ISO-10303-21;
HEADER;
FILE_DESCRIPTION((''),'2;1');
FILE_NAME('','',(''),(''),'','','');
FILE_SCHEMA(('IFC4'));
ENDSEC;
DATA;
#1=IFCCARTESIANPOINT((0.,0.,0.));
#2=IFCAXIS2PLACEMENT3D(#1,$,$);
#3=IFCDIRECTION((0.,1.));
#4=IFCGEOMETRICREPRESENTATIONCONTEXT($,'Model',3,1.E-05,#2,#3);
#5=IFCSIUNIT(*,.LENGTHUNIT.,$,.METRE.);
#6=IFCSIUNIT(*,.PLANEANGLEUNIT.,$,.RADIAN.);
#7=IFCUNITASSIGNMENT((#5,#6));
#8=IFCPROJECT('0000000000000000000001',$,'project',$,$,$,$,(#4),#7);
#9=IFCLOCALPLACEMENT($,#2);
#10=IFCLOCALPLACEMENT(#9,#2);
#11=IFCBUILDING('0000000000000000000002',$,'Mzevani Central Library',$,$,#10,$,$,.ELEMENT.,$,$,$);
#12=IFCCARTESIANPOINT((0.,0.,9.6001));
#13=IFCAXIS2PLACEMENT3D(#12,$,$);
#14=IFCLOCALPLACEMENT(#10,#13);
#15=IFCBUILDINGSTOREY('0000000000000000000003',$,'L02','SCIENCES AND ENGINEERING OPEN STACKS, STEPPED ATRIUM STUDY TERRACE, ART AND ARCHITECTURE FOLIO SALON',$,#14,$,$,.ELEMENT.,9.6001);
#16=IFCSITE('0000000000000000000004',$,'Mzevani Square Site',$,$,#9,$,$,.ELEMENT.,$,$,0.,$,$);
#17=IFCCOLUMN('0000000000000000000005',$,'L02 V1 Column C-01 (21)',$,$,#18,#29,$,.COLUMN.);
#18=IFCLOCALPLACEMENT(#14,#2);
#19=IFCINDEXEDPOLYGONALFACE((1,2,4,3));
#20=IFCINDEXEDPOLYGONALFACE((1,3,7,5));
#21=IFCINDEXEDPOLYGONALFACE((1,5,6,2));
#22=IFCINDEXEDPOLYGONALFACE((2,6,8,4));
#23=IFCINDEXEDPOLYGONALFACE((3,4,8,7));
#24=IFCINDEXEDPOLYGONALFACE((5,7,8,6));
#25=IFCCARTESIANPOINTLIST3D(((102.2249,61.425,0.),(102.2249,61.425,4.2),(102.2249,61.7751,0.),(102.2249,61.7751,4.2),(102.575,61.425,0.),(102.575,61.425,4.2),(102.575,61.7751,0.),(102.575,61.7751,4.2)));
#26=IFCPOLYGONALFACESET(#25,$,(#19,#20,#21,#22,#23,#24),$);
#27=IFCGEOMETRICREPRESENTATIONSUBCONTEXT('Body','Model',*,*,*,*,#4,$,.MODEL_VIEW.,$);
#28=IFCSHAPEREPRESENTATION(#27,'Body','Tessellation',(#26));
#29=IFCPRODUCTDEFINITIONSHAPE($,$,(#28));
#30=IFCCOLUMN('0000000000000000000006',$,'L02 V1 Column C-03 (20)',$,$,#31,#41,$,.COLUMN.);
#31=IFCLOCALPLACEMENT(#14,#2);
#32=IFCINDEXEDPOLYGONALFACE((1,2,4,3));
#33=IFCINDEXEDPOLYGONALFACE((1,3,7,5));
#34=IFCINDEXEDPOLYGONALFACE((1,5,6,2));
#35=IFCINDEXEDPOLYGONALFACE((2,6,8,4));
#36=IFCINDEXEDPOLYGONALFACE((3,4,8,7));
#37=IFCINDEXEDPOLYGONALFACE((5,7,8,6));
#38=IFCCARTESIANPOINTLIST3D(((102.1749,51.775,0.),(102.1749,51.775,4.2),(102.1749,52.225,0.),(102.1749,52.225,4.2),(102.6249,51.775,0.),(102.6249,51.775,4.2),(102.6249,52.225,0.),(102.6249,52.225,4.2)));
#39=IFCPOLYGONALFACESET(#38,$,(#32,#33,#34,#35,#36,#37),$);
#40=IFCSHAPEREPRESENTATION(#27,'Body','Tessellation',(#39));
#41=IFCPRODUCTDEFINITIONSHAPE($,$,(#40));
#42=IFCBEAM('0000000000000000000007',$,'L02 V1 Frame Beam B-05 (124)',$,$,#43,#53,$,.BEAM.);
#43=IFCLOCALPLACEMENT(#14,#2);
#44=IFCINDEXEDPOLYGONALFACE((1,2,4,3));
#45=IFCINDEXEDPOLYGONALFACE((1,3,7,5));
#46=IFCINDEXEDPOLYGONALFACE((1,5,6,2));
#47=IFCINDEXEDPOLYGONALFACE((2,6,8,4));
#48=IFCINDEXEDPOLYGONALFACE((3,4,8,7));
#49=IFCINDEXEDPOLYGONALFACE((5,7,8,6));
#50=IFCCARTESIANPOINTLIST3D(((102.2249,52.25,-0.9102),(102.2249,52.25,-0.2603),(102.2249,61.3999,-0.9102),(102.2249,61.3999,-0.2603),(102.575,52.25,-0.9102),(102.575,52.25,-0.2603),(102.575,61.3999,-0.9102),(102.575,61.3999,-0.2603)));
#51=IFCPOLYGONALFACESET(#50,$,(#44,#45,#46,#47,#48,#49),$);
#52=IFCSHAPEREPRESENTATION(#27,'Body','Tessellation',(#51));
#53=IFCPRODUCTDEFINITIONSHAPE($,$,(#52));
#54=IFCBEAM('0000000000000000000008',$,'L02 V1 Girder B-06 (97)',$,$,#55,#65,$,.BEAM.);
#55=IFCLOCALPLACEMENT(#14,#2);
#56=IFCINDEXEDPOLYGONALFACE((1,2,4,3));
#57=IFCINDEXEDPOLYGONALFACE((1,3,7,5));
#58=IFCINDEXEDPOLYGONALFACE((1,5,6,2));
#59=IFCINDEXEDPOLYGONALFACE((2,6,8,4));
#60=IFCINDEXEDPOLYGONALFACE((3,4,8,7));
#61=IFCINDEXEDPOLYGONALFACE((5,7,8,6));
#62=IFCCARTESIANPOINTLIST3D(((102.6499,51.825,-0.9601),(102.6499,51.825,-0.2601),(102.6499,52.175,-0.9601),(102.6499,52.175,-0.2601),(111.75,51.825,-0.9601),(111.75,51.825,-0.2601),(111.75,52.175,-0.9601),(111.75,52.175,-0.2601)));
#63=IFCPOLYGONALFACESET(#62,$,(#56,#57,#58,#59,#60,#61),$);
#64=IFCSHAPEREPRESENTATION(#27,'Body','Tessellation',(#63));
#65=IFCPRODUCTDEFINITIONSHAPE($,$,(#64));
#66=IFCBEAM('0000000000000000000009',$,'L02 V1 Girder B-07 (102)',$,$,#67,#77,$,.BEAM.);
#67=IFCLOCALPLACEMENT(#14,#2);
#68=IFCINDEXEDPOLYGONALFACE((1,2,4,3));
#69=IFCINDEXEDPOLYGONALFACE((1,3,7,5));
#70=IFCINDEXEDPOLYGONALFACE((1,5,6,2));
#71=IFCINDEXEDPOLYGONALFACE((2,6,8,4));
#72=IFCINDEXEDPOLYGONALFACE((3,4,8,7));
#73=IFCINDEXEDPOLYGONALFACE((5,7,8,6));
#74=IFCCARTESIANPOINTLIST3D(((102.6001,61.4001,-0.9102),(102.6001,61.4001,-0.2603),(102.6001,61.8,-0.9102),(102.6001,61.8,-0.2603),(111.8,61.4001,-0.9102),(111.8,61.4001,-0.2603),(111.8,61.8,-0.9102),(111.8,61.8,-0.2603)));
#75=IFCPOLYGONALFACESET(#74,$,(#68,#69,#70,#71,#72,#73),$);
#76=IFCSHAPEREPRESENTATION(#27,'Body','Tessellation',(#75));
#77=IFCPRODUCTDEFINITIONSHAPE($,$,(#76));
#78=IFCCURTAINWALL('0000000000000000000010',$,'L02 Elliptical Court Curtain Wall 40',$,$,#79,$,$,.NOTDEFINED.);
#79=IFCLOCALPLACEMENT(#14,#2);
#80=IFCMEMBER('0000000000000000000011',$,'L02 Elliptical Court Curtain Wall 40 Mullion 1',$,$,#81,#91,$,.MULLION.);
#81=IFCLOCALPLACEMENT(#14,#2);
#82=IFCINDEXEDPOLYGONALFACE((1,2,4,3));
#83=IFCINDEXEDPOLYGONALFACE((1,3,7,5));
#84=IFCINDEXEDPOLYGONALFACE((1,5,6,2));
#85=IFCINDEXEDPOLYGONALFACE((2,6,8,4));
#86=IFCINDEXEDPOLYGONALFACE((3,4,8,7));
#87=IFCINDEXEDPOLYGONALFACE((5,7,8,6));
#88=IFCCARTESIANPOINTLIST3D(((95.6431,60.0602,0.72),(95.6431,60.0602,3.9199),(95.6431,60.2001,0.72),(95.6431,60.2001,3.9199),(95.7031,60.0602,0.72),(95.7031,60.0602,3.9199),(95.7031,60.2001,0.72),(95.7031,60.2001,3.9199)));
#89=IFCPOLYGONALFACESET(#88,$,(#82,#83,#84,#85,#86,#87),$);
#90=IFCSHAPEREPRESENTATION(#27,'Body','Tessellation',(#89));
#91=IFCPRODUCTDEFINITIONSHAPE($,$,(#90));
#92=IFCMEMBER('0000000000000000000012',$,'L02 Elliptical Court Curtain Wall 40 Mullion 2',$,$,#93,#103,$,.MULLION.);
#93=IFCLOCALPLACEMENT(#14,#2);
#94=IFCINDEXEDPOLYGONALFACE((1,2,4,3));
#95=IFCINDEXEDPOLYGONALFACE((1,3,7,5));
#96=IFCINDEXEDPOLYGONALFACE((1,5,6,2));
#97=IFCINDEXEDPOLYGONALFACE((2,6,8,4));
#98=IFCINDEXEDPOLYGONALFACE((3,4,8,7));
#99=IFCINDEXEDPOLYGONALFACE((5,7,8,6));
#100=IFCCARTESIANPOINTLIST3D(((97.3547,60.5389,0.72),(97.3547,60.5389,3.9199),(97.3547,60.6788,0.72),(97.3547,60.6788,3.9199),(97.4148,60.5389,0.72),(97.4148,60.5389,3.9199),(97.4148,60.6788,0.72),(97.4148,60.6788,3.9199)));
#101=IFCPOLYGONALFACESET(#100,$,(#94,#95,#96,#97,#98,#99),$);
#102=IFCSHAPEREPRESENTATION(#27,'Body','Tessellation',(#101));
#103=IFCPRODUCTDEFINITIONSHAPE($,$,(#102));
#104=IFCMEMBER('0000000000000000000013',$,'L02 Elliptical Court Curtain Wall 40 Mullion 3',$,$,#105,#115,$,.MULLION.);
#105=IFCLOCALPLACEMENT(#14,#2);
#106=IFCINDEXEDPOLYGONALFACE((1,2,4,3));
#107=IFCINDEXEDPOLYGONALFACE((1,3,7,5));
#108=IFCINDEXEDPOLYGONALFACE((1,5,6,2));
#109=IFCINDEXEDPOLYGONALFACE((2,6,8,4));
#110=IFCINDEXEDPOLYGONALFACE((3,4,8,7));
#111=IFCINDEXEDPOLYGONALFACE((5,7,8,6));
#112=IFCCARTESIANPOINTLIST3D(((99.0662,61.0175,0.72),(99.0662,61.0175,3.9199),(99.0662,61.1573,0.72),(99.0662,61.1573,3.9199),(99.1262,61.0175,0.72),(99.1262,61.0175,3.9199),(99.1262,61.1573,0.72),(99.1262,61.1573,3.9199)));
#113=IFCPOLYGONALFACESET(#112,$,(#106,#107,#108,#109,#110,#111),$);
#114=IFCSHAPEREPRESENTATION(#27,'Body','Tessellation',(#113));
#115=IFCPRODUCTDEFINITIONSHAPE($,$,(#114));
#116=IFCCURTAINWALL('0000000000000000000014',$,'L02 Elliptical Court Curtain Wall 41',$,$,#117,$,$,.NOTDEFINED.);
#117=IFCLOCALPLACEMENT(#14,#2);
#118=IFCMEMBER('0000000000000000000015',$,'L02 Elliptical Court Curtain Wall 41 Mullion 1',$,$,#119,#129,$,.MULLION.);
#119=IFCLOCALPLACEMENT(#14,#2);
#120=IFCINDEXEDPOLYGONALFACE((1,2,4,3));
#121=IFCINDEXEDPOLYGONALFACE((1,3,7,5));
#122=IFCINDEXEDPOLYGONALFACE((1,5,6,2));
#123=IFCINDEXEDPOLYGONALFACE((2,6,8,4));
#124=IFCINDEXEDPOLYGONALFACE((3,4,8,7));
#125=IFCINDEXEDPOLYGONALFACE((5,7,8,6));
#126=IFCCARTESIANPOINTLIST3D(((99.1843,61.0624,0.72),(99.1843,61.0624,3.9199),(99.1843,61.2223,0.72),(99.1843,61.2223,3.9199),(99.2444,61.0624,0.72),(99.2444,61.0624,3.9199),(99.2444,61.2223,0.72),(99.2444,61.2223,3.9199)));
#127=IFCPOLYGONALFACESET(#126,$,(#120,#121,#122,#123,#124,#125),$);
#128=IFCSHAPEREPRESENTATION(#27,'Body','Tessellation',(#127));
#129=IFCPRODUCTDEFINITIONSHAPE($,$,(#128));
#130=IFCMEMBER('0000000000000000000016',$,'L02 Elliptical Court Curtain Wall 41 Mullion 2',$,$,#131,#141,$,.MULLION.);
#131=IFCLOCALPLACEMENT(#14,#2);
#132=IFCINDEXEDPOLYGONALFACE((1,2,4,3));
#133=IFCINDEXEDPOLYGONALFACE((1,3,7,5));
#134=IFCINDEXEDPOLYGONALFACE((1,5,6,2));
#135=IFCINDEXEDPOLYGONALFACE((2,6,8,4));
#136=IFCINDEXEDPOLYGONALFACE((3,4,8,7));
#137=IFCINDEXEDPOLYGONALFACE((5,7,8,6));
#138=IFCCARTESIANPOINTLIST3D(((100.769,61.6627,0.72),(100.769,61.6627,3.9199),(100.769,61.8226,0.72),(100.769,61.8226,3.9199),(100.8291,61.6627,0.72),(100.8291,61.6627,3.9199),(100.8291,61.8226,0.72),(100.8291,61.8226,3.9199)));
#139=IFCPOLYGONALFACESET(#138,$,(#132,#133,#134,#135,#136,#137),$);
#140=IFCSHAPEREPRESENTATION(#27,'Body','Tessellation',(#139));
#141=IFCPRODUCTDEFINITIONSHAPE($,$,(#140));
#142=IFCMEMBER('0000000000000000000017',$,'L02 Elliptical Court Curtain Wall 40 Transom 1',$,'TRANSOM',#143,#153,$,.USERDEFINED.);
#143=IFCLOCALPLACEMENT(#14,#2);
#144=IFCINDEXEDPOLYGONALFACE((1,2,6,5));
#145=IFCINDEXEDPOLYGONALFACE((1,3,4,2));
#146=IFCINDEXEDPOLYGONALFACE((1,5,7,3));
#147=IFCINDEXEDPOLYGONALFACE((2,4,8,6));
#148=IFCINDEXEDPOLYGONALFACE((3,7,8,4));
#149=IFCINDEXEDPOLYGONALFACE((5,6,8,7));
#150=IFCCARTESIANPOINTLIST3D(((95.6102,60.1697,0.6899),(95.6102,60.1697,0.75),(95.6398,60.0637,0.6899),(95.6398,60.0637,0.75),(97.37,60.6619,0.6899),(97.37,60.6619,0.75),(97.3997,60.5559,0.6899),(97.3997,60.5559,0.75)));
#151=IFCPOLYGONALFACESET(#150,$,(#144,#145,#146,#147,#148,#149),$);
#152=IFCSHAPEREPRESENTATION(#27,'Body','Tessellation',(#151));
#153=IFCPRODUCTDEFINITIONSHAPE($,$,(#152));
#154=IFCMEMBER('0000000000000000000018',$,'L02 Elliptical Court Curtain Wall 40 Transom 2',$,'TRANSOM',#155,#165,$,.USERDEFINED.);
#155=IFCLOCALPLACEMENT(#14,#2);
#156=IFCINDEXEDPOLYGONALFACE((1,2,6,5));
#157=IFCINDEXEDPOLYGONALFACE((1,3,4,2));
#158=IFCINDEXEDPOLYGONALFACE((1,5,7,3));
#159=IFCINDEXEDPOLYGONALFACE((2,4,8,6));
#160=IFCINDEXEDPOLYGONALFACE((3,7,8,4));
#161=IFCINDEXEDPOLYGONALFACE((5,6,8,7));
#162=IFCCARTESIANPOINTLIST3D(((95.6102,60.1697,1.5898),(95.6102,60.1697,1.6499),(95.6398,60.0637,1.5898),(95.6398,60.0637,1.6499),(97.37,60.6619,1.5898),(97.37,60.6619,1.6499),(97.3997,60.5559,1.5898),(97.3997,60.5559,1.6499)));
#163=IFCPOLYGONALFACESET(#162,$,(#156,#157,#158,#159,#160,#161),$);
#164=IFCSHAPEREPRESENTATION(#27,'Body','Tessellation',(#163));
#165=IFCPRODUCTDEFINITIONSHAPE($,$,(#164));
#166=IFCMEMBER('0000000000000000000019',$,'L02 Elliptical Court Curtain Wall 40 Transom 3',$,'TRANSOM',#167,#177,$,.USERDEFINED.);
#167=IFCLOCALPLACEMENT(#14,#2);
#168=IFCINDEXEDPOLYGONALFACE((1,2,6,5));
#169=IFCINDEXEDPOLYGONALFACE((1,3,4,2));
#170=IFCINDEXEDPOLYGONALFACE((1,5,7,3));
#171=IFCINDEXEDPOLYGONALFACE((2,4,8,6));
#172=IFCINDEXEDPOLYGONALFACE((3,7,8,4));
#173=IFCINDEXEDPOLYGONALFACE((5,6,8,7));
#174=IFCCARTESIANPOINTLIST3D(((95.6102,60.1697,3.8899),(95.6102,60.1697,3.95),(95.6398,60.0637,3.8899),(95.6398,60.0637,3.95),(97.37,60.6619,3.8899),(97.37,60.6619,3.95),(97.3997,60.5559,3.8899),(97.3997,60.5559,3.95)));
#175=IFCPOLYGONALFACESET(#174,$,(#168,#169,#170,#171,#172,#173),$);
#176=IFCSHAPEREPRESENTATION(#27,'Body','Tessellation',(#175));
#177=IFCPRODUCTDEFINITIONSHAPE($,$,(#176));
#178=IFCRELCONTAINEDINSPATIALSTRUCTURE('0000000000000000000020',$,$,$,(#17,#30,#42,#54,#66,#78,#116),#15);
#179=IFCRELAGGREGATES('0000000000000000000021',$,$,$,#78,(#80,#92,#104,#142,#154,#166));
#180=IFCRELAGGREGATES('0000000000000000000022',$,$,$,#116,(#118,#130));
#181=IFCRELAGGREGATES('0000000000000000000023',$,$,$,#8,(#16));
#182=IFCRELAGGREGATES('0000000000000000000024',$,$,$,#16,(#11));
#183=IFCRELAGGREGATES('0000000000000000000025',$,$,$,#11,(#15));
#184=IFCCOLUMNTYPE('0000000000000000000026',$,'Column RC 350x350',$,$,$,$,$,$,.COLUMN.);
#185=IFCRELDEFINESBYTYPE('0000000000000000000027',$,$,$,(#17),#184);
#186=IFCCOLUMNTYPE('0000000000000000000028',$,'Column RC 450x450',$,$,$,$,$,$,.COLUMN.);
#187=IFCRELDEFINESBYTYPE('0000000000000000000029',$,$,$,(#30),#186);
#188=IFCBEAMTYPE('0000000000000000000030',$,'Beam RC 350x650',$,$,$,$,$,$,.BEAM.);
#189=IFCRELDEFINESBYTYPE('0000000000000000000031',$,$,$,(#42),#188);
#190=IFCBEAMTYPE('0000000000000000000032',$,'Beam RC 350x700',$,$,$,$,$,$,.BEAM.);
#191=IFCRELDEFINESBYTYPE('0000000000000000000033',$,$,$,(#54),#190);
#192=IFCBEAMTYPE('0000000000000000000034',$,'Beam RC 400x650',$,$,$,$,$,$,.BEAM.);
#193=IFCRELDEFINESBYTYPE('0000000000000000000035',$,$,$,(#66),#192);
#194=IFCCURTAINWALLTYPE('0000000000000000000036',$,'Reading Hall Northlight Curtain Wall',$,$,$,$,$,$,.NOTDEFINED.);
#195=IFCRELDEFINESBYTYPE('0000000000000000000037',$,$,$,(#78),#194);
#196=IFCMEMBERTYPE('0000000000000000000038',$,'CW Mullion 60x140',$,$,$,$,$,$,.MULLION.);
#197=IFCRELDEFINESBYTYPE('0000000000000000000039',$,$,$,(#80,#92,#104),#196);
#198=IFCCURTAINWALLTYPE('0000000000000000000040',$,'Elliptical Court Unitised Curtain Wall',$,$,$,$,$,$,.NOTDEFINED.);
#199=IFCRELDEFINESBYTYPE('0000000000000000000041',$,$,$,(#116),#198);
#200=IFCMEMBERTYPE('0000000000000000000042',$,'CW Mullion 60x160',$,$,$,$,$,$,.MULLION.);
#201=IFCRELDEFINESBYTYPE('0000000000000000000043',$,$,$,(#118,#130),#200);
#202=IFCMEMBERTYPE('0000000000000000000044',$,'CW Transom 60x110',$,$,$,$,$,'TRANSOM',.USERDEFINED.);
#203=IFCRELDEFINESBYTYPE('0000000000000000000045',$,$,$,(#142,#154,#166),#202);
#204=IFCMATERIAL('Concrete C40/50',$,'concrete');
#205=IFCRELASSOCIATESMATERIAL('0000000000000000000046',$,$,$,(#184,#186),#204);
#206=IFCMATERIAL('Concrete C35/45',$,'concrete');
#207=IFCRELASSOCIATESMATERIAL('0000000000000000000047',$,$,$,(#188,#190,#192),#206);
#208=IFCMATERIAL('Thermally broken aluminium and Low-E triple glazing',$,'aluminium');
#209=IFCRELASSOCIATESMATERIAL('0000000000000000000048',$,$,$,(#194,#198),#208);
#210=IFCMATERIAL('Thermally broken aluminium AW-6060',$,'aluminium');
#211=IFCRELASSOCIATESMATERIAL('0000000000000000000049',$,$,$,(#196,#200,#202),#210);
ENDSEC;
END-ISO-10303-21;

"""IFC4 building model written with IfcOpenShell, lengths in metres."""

from ifc_helpers import new_model, si_unit, direction, frame, origin, origin_2d, place, context, subcontext, project, spatial, rectangle, extrude, material, material_profile, profile_set, type_object, element, aggregate, save


model = new_model("IFC4")

# Units and contexts
model_context = context("Model", 3, precision=1e-05, world=origin(), true_north=direction((0.0, 1.0)))
body_context = subcontext(model_context, "Body", "Model", "MODEL_VIEW")
ifc_project = project(units=[si_unit("LENGTHUNIT", "METRE"), si_unit("PLANEANGLEUNIT", "RADIAN")], contexts=[model_context])

# Site, building, storey
site_placement = place(None, origin())
site = spatial("IfcSite", under=ifc_project, at=site_placement, Name="Mzevani Square Site", CompositionType="ELEMENT", RefElevation=0.0)
building_placement = place(site_placement, origin())
building = spatial("IfcBuilding", under=site, at=building_placement, Name="Mzevani Central Library", CompositionType="ELEMENT")
storey_placement = place(building_placement, frame((0.0, 0.0, 9.6001)))
storey = spatial("IfcBuildingStorey", under=building, at=storey_placement, Name="L02", Description="SCIENCES AND ENGINEERING OPEN STACKS, STEPPED ATRIUM STUDY TERRACE, ART AND ARCHITECTURE FOLIO SALON", CompositionType="ELEMENT", Elevation=9.6001)

# Columns
ifc_material_1 = material(Name="Concrete C40/50", Category="concrete")
ifc_material_profile_1 = material_profile(ifc_material_1, rectangle(XDim=0.3501, YDim=0.3501, at=origin_2d()), Name="RC 350x350")
ifc_profile_set_1 = profile_set([ifc_material_profile_1], Name="Concrete C40/50")
column_type_1 = type_object("IfcColumnType", Name="Column RC 350x350", PredefinedType="COLUMN", material=ifc_profile_set_1)
column_1_placement = place(storey_placement, frame((102.3999, 61.6001, 0.0), z_axis=(0.0, 0.0, 1.0), x_axis=(1.0, 0.0, 0.0)))
element("IfcColumn", 1, at=column_1_placement, inside=storey, type_object=column_type_1, Name="L02 V1 Column C-01 (21)", PredefinedType="COLUMN", context=body_context, shape_type="SweptSolid", body=[
    extrude(rectangle(XDim=0.3501, YDim=0.3501, at=origin_2d()), origin(), (0.0, 0.0, 1.0), 4.2),
])
ifc_material_profile_2 = material_profile(ifc_material_1, rectangle(XDim=0.45, YDim=0.45, at=origin_2d()), Name="RC 450x450")
ifc_profile_set_2 = profile_set([ifc_material_profile_2], Name="Concrete C40/50")
column_type_2 = type_object("IfcColumnType", Name="Column RC 450x450", PredefinedType="COLUMN", material=ifc_profile_set_2)
column_2_placement = place(storey_placement, frame((102.3999, 52.0, 0.0), z_axis=(0.0, 0.0, 1.0), x_axis=(1.0, 0.0, 0.0)))
element("IfcColumn", 2, at=column_2_placement, inside=storey, type_object=column_type_2, Name="L02 V1 Column C-03 (20)", PredefinedType="COLUMN", context=body_context, shape_type="SweptSolid", body=[
    extrude(rectangle(XDim=0.45, YDim=0.45, at=origin_2d()), origin(), (0.0, 0.0, 1.0), 4.2),
])

# Beams
ifc_material_2 = material(Name="Concrete C35/45", Category="concrete")
ifc_material_profile_3 = material_profile(ifc_material_2, rectangle(XDim=0.3501, YDim=0.6499, at=origin_2d()), Name="RC B350x650")
ifc_profile_set_3 = profile_set([ifc_material_profile_3], Name="Concrete C35/45")
beam_type_1 = type_object("IfcBeamType", Name="Beam RC 350x650", PredefinedType="BEAM", material=ifc_profile_set_3)
beam_1_placement = place(storey_placement, frame((102.3999, 52.25, -0.5852), z_axis=(0.0, 1.0, 0.0), x_axis=(-1.0, 0.0, 0.0)))
element("IfcBeam", 3, at=beam_1_placement, inside=storey, type_object=beam_type_1, Name="L02 V1 Frame Beam B-05 (124)", PredefinedType="BEAM", context=body_context, shape_type="SweptSolid", body=[
    extrude(rectangle(XDim=0.3501, YDim=0.6499, at=origin_2d()), origin(), (0.0, 0.0, 1.0), 9.1499),
])
ifc_material_profile_4 = material_profile(ifc_material_2, rectangle(XDim=0.3501, YDim=0.7, at=origin_2d()), Name="RC B350x700")
ifc_profile_set_4 = profile_set([ifc_material_profile_4], Name="Concrete C35/45")
beam_type_2 = type_object("IfcBeamType", Name="Beam RC 350x700", PredefinedType="BEAM", material=ifc_profile_set_4)
beam_2_placement = place(storey_placement, frame((102.6499, 52.0, -0.6101), z_axis=(1.0, 0.0, 0.0), x_axis=(0.0, 1.0, 0.0)))
element("IfcBeam", 4, at=beam_2_placement, inside=storey, type_object=beam_type_2, Name="L02 V1 Girder B-06 (97)", PredefinedType="BEAM", context=body_context, shape_type="SweptSolid", body=[
    extrude(rectangle(XDim=0.3501, YDim=0.7, at=origin_2d()), origin(), (0.0, 0.0, 1.0), 9.1001),
])
ifc_material_profile_5 = material_profile(ifc_material_2, rectangle(XDim=0.3999, YDim=0.6499, at=origin_2d()), Name="RC B400x650")
ifc_profile_set_5 = profile_set([ifc_material_profile_5], Name="Concrete C35/45")
beam_type_3 = type_object("IfcBeamType", Name="Beam RC 400x650", PredefinedType="BEAM", material=ifc_profile_set_5)
beam_3_placement = place(storey_placement, frame((102.6001, 61.6001, -0.5852), z_axis=(1.0, 0.0, 0.0), x_axis=(0.0, 1.0, 0.0)))
element("IfcBeam", 5, at=beam_3_placement, inside=storey, type_object=beam_type_3, Name="L02 V1 Girder B-07 (102)", PredefinedType="BEAM", context=body_context, shape_type="SweptSolid", body=[
    extrude(rectangle(XDim=0.3999, YDim=0.6499, at=origin_2d()), origin(), (0.0, 0.0, 1.0), 9.2),
])

# Curtain walls, members
ifc_material_3 = material(Name="Thermally broken aluminium and Low-E triple glazing", Category="aluminium")
curtain_wall_type_1 = type_object("IfcCurtainWallType", Name="Reading Hall Northlight Curtain Wall", PredefinedType="NOTDEFINED", material=ifc_material_3)
curtain_wall_1_placement = place(storey_placement, origin())
curtain_wall_1 = element("IfcCurtainWall", 6, at=curtain_wall_1_placement, inside=storey, type_object=curtain_wall_type_1, Name="L02 Elliptical Court Curtain Wall 40", PredefinedType="NOTDEFINED")
ifc_material_4 = material(Name="Thermally broken aluminium AW-6060", Category="aluminium")
ifc_material_profile_6 = material_profile(ifc_material_4, rectangle(XDim=0.0601, YDim=0.1399, at=origin_2d()), Name="ALU M60x140")
ifc_profile_set_6 = profile_set([ifc_material_profile_6], Name="Thermally broken aluminium AW-6060")
member_type_1 = type_object("IfcMemberType", Name="CW Mullion 60x140", PredefinedType="MULLION", material=ifc_profile_set_6)
member_1_placement = place(storey_placement, frame((95.6731, 60.1301, 0.72), z_axis=(0.0, 0.0, 1.0), x_axis=(1.0, 0.0, 0.0)))
member_1 = element("IfcMember", 7, at=member_1_placement, type_object=member_type_1, Name="L02 Elliptical Court Curtain Wall 40 Mullion 1", PredefinedType="MULLION", context=body_context, shape_type="SweptSolid", body=[
    extrude(rectangle(XDim=0.0601, YDim=0.1399, at=origin_2d()), origin(), (0.0, 0.0, 1.0), 3.2),
])
member_2_placement = place(storey_placement, frame((97.3848, 60.6089, 0.72), z_axis=(0.0, 0.0, 1.0), x_axis=(1.0, 0.0, 0.0)))
member_2 = element("IfcMember", 8, at=member_2_placement, type_object=member_type_1, Name="L02 Elliptical Court Curtain Wall 40 Mullion 2", PredefinedType="MULLION", context=body_context, shape_type="SweptSolid", body=[
    extrude(rectangle(XDim=0.0601, YDim=0.1399, at=origin_2d()), origin(), (0.0, 0.0, 1.0), 3.2),
])
member_3_placement = place(storey_placement, frame((99.0962, 61.0874, 0.72), z_axis=(0.0, 0.0, 1.0), x_axis=(1.0, 0.0, 0.0)))
member_3 = element("IfcMember", 9, at=member_3_placement, type_object=member_type_1, Name="L02 Elliptical Court Curtain Wall 40 Mullion 3", PredefinedType="MULLION", context=body_context, shape_type="SweptSolid", body=[
    extrude(rectangle(XDim=0.0601, YDim=0.1399, at=origin_2d()), origin(), (0.0, 0.0, 1.0), 3.2),
])
curtain_wall_type_2 = type_object("IfcCurtainWallType", Name="Elliptical Court Unitised Curtain Wall", PredefinedType="NOTDEFINED", material=ifc_material_3)
curtain_wall_2_placement = place(storey_placement, origin())
curtain_wall_2 = element("IfcCurtainWall", 10, at=curtain_wall_2_placement, inside=storey, type_object=curtain_wall_type_2, Name="L02 Elliptical Court Curtain Wall 41", PredefinedType="NOTDEFINED")
ifc_material_profile_7 = material_profile(ifc_material_4, rectangle(XDim=0.0601, YDim=0.1599, at=origin_2d()), Name="ALU M60x160")
ifc_profile_set_7 = profile_set([ifc_material_profile_7], Name="Thermally broken aluminium AW-6060")
member_type_2 = type_object("IfcMemberType", Name="CW Mullion 60x160", PredefinedType="MULLION", material=ifc_profile_set_7)
member_4_placement = place(storey_placement, frame((99.2144, 61.1423, 0.72), z_axis=(0.0, 0.0, 1.0), x_axis=(1.0, 0.0, 0.0)))
member_4 = element("IfcMember", 11, at=member_4_placement, type_object=member_type_2, Name="L02 Elliptical Court Curtain Wall 41 Mullion 1", PredefinedType="MULLION", context=body_context, shape_type="SweptSolid", body=[
    extrude(rectangle(XDim=0.0601, YDim=0.1599, at=origin_2d()), origin(), (0.0, 0.0, 1.0), 3.2),
])
member_5_placement = place(storey_placement, frame((100.7991, 61.7427, 0.72), z_axis=(0.0, 0.0, 1.0), x_axis=(1.0, 0.0, 0.0)))
member_5 = element("IfcMember", 12, at=member_5_placement, type_object=member_type_2, Name="L02 Elliptical Court Curtain Wall 41 Mullion 2", PredefinedType="MULLION", context=body_context, shape_type="SweptSolid", body=[
    extrude(rectangle(XDim=0.0601, YDim=0.1599, at=origin_2d()), origin(), (0.0, 0.0, 1.0), 3.2),
])

# Members
ifc_material_profile_8 = material_profile(ifc_material_4, rectangle(XDim=0.1101, YDim=0.0601, at=origin_2d()), Name="ALU T60x110")
ifc_profile_set_8 = profile_set([ifc_material_profile_8], Name="Thermally broken aluminium AW-6060")
member_type_3 = type_object("IfcMemberType", Name="CW Transom 60x110", ElementType="TRANSOM", PredefinedType="USERDEFINED", material=ifc_profile_set_8)
member_6_placement = place(storey_placement, frame((95.625, 60.1167, 0.72), z_axis=(0.963042, 0.269352, 0.0), x_axis=(-0.269352, 0.963042, 0.0)))
member_6 = element("IfcMember", 13, at=member_6_placement, type_object=member_type_3, Name="L02 Elliptical Court Curtain Wall 40 Transom 1", ObjectType="TRANSOM", PredefinedType="USERDEFINED", context=body_context, shape_type="SweptSolid", body=[
    extrude(rectangle(XDim=0.1101, YDim=0.0601, at=origin_2d()), origin(), (0.0, 0.0, 1.0), 1.8274),
])
member_7_placement = place(storey_placement, frame((95.625, 60.1167, 1.6199), z_axis=(0.963042, 0.269352, 0.0), x_axis=(-0.269352, 0.963042, 0.0)))
member_7 = element("IfcMember", 14, at=member_7_placement, type_object=member_type_3, Name="L02 Elliptical Court Curtain Wall 40 Transom 2", ObjectType="TRANSOM", PredefinedType="USERDEFINED", context=body_context, shape_type="SweptSolid", body=[
    extrude(rectangle(XDim=0.1101, YDim=0.0601, at=origin_2d()), origin(), (0.0, 0.0, 1.0), 1.8274),
])
member_8_placement = place(storey_placement, frame((95.625, 60.1167, 3.9199), z_axis=(0.963042, 0.269352, 0.0), x_axis=(-0.269352, 0.963042, 0.0)))
member_8 = element("IfcMember", 15, at=member_8_placement, type_object=member_type_3, Name="L02 Elliptical Court Curtain Wall 40 Transom 3", ObjectType="TRANSOM", PredefinedType="USERDEFINED", context=body_context, shape_type="SweptSolid", body=[
    extrude(rectangle(XDim=0.1101, YDim=0.0601, at=origin_2d()), origin(), (0.0, 0.0, 1.0), 1.8274),
])

aggregate(curtain_wall_1, [member_1, member_2, member_3, member_6, member_7, member_8])
aggregate(curtain_wall_2, [member_4, member_5])

save(model, "model.ifc")
